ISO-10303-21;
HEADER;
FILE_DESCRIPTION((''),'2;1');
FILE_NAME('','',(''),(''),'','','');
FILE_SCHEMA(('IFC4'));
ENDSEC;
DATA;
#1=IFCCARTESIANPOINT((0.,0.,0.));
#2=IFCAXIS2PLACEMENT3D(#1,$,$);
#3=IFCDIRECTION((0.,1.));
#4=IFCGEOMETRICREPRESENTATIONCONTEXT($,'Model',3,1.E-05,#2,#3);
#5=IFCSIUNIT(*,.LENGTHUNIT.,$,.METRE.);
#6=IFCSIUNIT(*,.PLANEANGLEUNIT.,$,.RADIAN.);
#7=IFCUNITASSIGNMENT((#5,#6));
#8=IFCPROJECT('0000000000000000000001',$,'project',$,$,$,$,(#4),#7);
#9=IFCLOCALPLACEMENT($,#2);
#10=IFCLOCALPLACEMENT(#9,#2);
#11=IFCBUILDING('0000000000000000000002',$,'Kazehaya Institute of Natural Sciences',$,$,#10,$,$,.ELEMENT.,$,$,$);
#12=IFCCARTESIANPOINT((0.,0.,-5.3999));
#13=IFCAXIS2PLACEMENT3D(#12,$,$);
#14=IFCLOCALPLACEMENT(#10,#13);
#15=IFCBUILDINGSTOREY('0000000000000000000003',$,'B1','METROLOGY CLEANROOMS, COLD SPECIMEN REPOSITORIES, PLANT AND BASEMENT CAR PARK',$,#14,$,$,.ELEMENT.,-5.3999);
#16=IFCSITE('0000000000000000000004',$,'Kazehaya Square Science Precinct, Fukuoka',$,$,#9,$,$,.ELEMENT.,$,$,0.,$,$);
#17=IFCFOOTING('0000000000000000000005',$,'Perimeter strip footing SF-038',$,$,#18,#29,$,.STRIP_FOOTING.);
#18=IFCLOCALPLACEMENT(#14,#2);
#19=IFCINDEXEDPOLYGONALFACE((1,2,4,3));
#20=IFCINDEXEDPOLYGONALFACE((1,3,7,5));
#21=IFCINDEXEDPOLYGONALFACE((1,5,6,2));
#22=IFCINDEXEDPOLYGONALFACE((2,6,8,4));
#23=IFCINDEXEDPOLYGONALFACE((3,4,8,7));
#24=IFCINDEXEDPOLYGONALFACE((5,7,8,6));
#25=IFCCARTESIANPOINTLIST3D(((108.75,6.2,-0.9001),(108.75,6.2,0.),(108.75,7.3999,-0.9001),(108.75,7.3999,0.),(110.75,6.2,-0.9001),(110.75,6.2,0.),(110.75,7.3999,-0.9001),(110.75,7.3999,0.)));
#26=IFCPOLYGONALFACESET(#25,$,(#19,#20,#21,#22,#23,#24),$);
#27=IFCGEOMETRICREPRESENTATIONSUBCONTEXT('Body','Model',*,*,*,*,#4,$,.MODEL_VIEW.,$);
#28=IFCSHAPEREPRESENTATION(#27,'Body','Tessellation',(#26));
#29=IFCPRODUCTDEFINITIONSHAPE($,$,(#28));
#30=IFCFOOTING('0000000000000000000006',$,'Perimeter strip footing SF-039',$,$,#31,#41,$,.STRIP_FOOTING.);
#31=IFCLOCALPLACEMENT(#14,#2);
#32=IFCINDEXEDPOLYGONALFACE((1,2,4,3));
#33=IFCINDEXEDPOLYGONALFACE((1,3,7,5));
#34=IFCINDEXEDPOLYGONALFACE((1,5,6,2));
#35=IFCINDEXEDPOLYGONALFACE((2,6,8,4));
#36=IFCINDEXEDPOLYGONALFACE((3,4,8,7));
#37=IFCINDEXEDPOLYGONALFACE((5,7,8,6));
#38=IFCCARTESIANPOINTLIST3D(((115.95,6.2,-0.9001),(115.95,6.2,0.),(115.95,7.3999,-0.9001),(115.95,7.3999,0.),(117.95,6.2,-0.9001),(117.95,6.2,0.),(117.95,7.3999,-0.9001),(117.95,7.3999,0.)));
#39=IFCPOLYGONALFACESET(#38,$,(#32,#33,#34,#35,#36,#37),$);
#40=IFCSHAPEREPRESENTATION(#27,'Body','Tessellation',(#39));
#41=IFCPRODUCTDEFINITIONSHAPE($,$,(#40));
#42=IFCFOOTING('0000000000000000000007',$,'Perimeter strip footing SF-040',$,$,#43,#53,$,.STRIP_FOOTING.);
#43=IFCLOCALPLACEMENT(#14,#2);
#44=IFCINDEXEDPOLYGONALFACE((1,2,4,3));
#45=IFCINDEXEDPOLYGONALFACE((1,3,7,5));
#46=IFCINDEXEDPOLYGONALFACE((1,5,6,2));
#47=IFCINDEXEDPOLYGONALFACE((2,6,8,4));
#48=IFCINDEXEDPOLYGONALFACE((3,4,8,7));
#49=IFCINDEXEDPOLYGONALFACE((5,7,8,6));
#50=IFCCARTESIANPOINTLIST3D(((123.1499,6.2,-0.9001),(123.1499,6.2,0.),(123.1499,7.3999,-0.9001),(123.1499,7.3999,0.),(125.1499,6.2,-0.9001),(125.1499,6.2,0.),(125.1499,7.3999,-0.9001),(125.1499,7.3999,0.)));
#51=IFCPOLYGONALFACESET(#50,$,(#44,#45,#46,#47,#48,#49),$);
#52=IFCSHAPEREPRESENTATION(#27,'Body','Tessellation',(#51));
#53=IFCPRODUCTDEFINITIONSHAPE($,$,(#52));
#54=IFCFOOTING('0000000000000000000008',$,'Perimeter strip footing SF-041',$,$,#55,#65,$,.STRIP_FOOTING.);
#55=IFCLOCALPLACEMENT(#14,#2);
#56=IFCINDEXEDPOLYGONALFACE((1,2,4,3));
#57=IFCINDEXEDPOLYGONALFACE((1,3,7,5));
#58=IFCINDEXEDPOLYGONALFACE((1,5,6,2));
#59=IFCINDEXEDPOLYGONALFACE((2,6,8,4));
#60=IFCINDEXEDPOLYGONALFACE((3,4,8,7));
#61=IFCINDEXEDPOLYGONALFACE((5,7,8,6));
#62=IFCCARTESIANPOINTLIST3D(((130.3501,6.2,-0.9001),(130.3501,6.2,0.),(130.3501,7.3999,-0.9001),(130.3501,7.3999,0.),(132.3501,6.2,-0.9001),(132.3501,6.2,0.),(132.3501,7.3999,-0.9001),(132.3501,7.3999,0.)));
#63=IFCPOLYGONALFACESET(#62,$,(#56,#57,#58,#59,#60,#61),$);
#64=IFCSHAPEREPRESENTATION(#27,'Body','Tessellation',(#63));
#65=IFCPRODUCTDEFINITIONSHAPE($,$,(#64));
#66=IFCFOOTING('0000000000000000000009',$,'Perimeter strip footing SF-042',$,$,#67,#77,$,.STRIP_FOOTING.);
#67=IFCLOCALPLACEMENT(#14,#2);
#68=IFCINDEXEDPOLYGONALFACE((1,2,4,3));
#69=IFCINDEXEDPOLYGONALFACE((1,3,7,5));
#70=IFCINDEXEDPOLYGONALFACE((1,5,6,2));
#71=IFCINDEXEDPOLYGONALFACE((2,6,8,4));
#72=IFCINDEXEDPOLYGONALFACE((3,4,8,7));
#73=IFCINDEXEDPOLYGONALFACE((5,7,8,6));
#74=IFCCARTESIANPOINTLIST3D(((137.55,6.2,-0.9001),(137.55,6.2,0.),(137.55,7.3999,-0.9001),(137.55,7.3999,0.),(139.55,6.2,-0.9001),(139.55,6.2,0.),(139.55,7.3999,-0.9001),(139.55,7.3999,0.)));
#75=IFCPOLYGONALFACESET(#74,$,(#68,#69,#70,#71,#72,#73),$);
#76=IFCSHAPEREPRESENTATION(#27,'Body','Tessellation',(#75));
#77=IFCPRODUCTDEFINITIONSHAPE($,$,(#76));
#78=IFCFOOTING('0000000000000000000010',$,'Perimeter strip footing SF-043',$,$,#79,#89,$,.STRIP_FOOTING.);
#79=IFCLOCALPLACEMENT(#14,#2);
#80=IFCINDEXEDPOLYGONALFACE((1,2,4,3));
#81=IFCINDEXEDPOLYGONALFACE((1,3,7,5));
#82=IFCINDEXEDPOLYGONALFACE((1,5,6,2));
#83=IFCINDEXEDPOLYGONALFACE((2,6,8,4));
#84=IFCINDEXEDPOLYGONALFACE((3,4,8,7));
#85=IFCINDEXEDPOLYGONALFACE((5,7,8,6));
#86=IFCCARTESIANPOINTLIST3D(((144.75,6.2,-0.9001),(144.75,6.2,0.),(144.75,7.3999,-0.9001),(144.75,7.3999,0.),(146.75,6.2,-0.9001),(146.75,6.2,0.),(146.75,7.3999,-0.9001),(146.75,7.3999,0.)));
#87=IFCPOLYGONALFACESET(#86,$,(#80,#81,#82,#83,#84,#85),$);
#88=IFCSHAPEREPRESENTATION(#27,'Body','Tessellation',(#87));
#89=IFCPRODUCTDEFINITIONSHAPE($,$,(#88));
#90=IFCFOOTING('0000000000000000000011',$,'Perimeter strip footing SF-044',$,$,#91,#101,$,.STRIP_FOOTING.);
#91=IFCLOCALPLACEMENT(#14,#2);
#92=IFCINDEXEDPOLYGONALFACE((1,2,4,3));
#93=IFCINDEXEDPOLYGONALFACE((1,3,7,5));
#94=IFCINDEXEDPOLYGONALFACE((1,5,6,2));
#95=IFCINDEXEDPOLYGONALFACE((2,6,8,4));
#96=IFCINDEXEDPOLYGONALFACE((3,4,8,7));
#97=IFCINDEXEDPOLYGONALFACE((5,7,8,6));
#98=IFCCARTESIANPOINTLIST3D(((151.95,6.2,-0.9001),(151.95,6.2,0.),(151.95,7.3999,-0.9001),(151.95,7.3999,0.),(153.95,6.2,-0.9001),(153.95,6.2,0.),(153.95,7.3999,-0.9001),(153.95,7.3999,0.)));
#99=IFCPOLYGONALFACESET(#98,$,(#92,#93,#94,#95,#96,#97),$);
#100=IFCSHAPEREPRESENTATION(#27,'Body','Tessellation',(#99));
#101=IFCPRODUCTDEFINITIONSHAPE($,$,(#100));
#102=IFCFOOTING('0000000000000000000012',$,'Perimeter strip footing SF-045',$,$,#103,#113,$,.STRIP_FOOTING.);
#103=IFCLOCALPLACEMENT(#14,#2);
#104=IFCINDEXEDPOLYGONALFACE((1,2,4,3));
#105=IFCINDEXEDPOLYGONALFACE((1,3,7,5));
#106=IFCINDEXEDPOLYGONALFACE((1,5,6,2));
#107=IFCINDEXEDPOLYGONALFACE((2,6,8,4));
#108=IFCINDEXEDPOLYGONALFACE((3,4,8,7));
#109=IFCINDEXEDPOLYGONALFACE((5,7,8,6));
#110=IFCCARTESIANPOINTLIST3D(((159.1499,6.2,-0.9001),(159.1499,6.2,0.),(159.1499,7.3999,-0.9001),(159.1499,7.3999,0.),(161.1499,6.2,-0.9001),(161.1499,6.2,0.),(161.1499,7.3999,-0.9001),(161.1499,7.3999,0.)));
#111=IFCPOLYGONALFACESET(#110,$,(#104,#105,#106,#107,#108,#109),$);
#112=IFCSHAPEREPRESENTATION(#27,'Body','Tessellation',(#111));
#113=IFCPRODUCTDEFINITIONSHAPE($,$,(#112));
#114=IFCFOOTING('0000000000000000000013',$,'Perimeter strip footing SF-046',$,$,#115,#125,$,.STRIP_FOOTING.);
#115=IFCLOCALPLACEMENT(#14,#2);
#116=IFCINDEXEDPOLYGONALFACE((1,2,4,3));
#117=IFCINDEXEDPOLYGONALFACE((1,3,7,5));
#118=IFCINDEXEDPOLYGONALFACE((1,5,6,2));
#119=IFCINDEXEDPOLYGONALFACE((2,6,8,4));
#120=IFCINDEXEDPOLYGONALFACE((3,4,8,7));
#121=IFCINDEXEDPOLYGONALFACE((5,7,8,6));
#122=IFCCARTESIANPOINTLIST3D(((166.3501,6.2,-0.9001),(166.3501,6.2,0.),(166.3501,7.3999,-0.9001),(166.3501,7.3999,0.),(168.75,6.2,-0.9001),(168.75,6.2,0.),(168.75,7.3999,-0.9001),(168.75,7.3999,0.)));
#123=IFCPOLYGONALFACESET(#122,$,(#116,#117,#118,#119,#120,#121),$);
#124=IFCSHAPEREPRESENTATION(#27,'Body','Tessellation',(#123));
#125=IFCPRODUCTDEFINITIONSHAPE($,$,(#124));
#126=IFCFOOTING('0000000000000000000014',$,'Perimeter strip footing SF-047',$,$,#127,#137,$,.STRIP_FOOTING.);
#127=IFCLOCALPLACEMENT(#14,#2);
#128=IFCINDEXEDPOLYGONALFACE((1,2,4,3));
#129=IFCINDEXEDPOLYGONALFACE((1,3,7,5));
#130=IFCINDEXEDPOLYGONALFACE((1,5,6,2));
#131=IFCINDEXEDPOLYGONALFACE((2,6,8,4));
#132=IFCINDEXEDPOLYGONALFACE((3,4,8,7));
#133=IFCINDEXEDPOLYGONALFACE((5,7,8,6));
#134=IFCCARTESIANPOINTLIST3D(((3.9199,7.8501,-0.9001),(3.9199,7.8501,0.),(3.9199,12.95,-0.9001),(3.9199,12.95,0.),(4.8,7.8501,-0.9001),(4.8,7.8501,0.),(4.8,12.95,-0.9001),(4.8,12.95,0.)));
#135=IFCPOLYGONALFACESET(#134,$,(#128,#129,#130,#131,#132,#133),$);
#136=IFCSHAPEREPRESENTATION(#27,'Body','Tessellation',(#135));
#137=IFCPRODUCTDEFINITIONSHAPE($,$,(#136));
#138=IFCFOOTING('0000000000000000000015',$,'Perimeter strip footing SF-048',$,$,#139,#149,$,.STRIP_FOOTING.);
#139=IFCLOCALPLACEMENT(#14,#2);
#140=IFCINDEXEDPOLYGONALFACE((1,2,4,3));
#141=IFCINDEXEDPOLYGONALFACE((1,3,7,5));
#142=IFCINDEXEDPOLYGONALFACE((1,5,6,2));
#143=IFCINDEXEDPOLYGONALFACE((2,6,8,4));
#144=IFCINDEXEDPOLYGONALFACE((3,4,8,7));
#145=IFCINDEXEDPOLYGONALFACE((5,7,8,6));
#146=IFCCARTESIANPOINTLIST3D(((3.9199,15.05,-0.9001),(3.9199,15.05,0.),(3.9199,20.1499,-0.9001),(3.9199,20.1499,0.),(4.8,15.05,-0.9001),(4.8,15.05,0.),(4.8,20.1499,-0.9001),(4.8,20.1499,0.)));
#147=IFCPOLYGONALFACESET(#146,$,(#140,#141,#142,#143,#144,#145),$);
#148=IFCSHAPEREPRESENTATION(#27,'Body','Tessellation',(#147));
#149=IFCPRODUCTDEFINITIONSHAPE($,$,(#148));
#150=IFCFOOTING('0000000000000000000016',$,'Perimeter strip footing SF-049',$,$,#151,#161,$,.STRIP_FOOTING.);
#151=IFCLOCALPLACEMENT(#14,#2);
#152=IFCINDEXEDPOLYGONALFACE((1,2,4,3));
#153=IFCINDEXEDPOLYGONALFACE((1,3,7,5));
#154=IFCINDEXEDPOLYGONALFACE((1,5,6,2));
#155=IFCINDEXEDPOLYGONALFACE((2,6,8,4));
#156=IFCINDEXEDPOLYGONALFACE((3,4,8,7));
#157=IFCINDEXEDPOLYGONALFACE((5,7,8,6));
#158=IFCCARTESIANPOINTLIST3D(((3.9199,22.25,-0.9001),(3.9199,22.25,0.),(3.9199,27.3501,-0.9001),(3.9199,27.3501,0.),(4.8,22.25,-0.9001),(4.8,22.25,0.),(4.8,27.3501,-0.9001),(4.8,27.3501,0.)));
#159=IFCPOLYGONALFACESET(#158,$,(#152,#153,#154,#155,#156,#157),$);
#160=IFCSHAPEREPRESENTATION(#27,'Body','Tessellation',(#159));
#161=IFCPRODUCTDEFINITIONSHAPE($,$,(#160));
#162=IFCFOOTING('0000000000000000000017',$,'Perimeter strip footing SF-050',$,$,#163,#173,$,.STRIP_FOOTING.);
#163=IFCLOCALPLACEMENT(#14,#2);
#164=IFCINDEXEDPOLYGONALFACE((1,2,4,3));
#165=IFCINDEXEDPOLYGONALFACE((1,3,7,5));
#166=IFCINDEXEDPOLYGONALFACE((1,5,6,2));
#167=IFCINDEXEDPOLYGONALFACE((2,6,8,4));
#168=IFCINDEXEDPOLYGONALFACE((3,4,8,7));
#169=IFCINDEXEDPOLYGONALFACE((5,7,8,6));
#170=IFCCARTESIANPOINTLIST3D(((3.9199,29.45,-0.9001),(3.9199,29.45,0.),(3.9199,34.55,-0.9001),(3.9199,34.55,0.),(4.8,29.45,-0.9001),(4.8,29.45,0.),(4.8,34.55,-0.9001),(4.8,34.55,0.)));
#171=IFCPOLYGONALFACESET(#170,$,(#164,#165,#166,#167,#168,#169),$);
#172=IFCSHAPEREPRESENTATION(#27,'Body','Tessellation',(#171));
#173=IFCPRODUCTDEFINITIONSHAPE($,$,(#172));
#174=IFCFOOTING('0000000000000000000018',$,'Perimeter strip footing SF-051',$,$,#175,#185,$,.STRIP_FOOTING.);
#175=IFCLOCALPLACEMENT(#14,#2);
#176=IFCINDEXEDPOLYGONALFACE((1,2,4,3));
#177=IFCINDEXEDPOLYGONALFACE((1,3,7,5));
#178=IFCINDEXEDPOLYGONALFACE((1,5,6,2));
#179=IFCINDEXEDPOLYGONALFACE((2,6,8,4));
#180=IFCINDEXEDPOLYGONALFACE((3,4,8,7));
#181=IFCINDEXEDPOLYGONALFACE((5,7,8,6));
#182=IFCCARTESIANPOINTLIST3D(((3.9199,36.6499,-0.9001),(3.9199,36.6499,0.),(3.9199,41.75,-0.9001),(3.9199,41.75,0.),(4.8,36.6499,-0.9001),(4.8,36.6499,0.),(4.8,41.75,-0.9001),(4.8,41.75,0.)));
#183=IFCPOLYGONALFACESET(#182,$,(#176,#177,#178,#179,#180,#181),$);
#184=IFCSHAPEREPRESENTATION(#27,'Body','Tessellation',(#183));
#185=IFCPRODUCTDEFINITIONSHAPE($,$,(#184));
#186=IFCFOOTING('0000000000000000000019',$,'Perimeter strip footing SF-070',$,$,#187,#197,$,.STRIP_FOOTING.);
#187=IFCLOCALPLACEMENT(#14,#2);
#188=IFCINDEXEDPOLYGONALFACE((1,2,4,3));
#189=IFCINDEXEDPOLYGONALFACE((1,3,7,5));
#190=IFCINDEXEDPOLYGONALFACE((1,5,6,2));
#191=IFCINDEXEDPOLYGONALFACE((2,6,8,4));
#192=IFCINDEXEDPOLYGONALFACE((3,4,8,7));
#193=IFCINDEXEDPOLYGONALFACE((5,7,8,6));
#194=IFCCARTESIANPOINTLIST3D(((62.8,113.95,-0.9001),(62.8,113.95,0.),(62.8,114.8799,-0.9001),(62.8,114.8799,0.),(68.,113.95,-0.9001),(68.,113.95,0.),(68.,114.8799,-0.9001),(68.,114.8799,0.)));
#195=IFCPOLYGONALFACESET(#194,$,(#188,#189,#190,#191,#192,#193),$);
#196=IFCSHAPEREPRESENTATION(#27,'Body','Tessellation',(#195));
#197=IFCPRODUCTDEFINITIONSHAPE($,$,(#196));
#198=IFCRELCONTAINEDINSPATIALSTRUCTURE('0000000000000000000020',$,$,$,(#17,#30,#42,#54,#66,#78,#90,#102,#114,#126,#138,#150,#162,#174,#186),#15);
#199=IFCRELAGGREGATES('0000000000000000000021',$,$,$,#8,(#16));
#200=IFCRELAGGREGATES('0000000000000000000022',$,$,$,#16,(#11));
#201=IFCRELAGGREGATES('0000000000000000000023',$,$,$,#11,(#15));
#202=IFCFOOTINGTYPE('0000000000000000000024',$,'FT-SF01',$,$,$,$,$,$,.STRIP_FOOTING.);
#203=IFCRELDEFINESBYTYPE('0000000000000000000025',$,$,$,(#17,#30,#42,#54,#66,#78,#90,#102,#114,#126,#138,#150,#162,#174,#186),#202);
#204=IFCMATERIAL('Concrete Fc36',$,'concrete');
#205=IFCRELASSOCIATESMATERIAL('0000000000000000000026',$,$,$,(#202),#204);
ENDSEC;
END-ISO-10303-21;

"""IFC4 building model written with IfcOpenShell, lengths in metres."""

from ifc_helpers import new_model, si_unit, direction, frame, origin, place, context, subcontext, project, spatial, polyline, outline, extrude, material, type_object, element, save


model = new_model("IFC4")

# Units and contexts
model_context = context("Model", 3, precision=1e-05, world=origin(), true_north=direction((0.0, 1.0)))
body_context = subcontext(model_context, "Body", "Model", "MODEL_VIEW")
ifc_project = project(units=[si_unit("LENGTHUNIT", "METRE"), si_unit("PLANEANGLEUNIT", "RADIAN")], contexts=[model_context])

# Site, building, storey
site_placement = place(None, origin())
site = spatial("IfcSite", under=ifc_project, at=site_placement, Name="Kazehaya Square Science Precinct, Fukuoka", CompositionType="ELEMENT", RefElevation=0.0)
building_placement = place(site_placement, origin())
building = spatial("IfcBuilding", under=site, at=building_placement, Name="Kazehaya Institute of Natural Sciences", CompositionType="ELEMENT")
storey_placement = place(building_placement, frame((0.0, 0.0, -5.3999)))
storey = spatial("IfcBuildingStorey", under=building, at=storey_placement, Name="B1", Description="METROLOGY CLEANROOMS, COLD SPECIMEN REPOSITORIES, PLANT AND BASEMENT CAR PARK", CompositionType="ELEMENT", Elevation=-5.3999)

# Footings
ifc_material = material(Name="Concrete Fc36", Category="concrete")
footing_type = type_object("IfcFootingType", Name="FT-SF01", PredefinedType="STRIP_FOOTING", material=ifc_material)
footing_1_placement = place(storey_placement, frame((0.0, 0.0, -0.9001)))
element("IfcFooting", 1, at=footing_1_placement, inside=storey, type_object=footing_type, Name="Perimeter strip footing SF-038", PredefinedType="STRIP_FOOTING", context=body_context, shape_type="SweptSolid", body=[
    extrude(outline(polyline([(108.75, 6.2), (110.75, 6.2), (110.75, 7.3999), (108.75, 7.3999), (108.75, 6.2)])), origin(), (0.0, 0.0, 1.0), 0.9001),
])
footing_2_placement = place(storey_placement, frame((0.0, 0.0, -0.9001)))
element("IfcFooting", 2, at=footing_2_placement, inside=storey, type_object=footing_type, Name="Perimeter strip footing SF-039", PredefinedType="STRIP_FOOTING", context=body_context, shape_type="SweptSolid", body=[
    extrude(outline(polyline([(115.95, 6.2), (117.95, 6.2), (117.95, 7.3999), (115.95, 7.3999), (115.95, 6.2)])), origin(), (0.0, 0.0, 1.0), 0.9001),
])
footing_3_placement = place(storey_placement, frame((0.0, 0.0, -0.9001)))
element("IfcFooting", 3, at=footing_3_placement, inside=storey, type_object=footing_type, Name="Perimeter strip footing SF-040", PredefinedType="STRIP_FOOTING", context=body_context, shape_type="SweptSolid", body=[
    extrude(outline(polyline([(123.1499, 6.2), (125.1499, 6.2), (125.1499, 7.3999), (123.1499, 7.3999), (123.1499, 6.2)])), origin(), (0.0, 0.0, 1.0), 0.9001),
])
footing_4_placement = place(storey_placement, frame((0.0, 0.0, -0.9001)))
element("IfcFooting", 4, at=footing_4_placement, inside=storey, type_object=footing_type, Name="Perimeter strip footing SF-041", PredefinedType="STRIP_FOOTING", context=body_context, shape_type="SweptSolid", body=[
    extrude(outline(polyline([(130.3501, 6.2), (132.3501, 6.2), (132.3501, 7.3999), (130.3501, 7.3999), (130.3501, 6.2)])), origin(), (0.0, 0.0, 1.0), 0.9001),
])
footing_5_placement = place(storey_placement, frame((0.0, 0.0, -0.9001)))
element("IfcFooting", 5, at=footing_5_placement, inside=storey, type_object=footing_type, Name="Perimeter strip footing SF-042", PredefinedType="STRIP_FOOTING", context=body_context, shape_type="SweptSolid", body=[
    extrude(outline(polyline([(137.55, 6.2), (139.55, 6.2), (139.55, 7.3999), (137.55, 7.3999), (137.55, 6.2)])), origin(), (0.0, 0.0, 1.0), 0.9001),
])
footing_6_placement = place(storey_placement, frame((0.0, 0.0, -0.9001)))
element("IfcFooting", 6, at=footing_6_placement, inside=storey, type_object=footing_type, Name="Perimeter strip footing SF-043", PredefinedType="STRIP_FOOTING", context=body_context, shape_type="SweptSolid", body=[
    extrude(outline(polyline([(144.75, 6.2), (146.75, 6.2), (146.75, 7.3999), (144.75, 7.3999), (144.75, 6.2)])), origin(), (0.0, 0.0, 1.0), 0.9001),
])
footing_7_placement = place(storey_placement, frame((0.0, 0.0, -0.9001)))
element("IfcFooting", 7, at=footing_7_placement, inside=storey, type_object=footing_type, Name="Perimeter strip footing SF-044", PredefinedType="STRIP_FOOTING", context=body_context, shape_type="SweptSolid", body=[
    extrude(outline(polyline([(151.95, 6.2), (153.95, 6.2), (153.95, 7.3999), (151.95, 7.3999), (151.95, 6.2)])), origin(), (0.0, 0.0, 1.0), 0.9001),
])
footing_8_placement = place(storey_placement, frame((0.0, 0.0, -0.9001)))
element("IfcFooting", 8, at=footing_8_placement, inside=storey, type_object=footing_type, Name="Perimeter strip footing SF-045", PredefinedType="STRIP_FOOTING", context=body_context, shape_type="SweptSolid", body=[
    extrude(outline(polyline([(159.1499, 6.2), (161.1499, 6.2), (161.1499, 7.3999), (159.1499, 7.3999), (159.1499, 6.2)])), origin(), (0.0, 0.0, 1.0), 0.9001),
])
footing_9_placement = place(storey_placement, frame((0.0, 0.0, -0.9001)))
element("IfcFooting", 9, at=footing_9_placement, inside=storey, type_object=footing_type, Name="Perimeter strip footing SF-046", PredefinedType="STRIP_FOOTING", context=body_context, shape_type="SweptSolid", body=[
    extrude(outline(polyline([(166.3501, 6.2), (168.75, 6.2), (168.75, 7.3999), (166.3501, 7.3999), (166.3501, 6.2)])), origin(), (0.0, 0.0, 1.0), 0.9001),
])
footing_10_placement = place(storey_placement, frame((0.0, 0.0, -0.9001)))
element("IfcFooting", 10, at=footing_10_placement, inside=storey, type_object=footing_type, Name="Perimeter strip footing SF-047", PredefinedType="STRIP_FOOTING", context=body_context, shape_type="SweptSolid", body=[
    extrude(outline(polyline([(3.9199, 7.8501), (4.8, 7.8501), (4.8, 12.95), (3.9199, 12.95), (3.9199, 7.8501)])), origin(), (0.0, 0.0, 1.0), 0.9001),
])
footing_11_placement = place(storey_placement, frame((0.0, 0.0, -0.9001)))
element("IfcFooting", 11, at=footing_11_placement, inside=storey, type_object=footing_type, Name="Perimeter strip footing SF-048", PredefinedType="STRIP_FOOTING", context=body_context, shape_type="SweptSolid", body=[
    extrude(outline(polyline([(3.9199, 15.05), (4.8, 15.05), (4.8, 20.1499), (3.9199, 20.1499), (3.9199, 15.05)])), origin(), (0.0, 0.0, 1.0), 0.9001),
])
footing_12_placement = place(storey_placement, frame((0.0, 0.0, -0.9001)))
element("IfcFooting", 12, at=footing_12_placement, inside=storey, type_object=footing_type, Name="Perimeter strip footing SF-049", PredefinedType="STRIP_FOOTING", context=body_context, shape_type="SweptSolid", body=[
    extrude(outline(polyline([(3.9199, 22.25), (4.8, 22.25), (4.8, 27.3501), (3.9199, 27.3501), (3.9199, 22.25)])), origin(), (0.0, 0.0, 1.0), 0.9001),
])
footing_13_placement = place(storey_placement, frame((0.0, 0.0, -0.9001)))
element("IfcFooting", 13, at=footing_13_placement, inside=storey, type_object=footing_type, Name="Perimeter strip footing SF-050", PredefinedType="STRIP_FOOTING", context=body_context, shape_type="SweptSolid", body=[
    extrude(outline(polyline([(3.9199, 29.45), (4.8, 29.45), (4.8, 34.55), (3.9199, 34.55), (3.9199, 29.45)])), origin(), (0.0, 0.0, 1.0), 0.9001),
])
footing_14_placement = place(storey_placement, frame((0.0, 0.0, -0.9001)))
element("IfcFooting", 14, at=footing_14_placement, inside=storey, type_object=footing_type, Name="Perimeter strip footing SF-051", PredefinedType="STRIP_FOOTING", context=body_context, shape_type="SweptSolid", body=[
    extrude(outline(polyline([(3.9199, 36.6499), (4.8, 36.6499), (4.8, 41.75), (3.9199, 41.75), (3.9199, 36.6499)])), origin(), (0.0, 0.0, 1.0), 0.9001),
])
footing_15_placement = place(storey_placement, frame((0.0, 0.0, -0.9001)))
element("IfcFooting", 15, at=footing_15_placement, inside=storey, type_object=footing_type, Name="Perimeter strip footing SF-070", PredefinedType="STRIP_FOOTING", context=body_context, shape_type="SweptSolid", body=[
    extrude(outline(polyline([(62.8, 113.95), (68.0, 113.95), (68.0, 114.8799), (62.8, 114.8799), (62.8, 113.95)])), origin(), (0.0, 0.0, 1.0), 0.9001),
])

save(model, "model.ifc")
